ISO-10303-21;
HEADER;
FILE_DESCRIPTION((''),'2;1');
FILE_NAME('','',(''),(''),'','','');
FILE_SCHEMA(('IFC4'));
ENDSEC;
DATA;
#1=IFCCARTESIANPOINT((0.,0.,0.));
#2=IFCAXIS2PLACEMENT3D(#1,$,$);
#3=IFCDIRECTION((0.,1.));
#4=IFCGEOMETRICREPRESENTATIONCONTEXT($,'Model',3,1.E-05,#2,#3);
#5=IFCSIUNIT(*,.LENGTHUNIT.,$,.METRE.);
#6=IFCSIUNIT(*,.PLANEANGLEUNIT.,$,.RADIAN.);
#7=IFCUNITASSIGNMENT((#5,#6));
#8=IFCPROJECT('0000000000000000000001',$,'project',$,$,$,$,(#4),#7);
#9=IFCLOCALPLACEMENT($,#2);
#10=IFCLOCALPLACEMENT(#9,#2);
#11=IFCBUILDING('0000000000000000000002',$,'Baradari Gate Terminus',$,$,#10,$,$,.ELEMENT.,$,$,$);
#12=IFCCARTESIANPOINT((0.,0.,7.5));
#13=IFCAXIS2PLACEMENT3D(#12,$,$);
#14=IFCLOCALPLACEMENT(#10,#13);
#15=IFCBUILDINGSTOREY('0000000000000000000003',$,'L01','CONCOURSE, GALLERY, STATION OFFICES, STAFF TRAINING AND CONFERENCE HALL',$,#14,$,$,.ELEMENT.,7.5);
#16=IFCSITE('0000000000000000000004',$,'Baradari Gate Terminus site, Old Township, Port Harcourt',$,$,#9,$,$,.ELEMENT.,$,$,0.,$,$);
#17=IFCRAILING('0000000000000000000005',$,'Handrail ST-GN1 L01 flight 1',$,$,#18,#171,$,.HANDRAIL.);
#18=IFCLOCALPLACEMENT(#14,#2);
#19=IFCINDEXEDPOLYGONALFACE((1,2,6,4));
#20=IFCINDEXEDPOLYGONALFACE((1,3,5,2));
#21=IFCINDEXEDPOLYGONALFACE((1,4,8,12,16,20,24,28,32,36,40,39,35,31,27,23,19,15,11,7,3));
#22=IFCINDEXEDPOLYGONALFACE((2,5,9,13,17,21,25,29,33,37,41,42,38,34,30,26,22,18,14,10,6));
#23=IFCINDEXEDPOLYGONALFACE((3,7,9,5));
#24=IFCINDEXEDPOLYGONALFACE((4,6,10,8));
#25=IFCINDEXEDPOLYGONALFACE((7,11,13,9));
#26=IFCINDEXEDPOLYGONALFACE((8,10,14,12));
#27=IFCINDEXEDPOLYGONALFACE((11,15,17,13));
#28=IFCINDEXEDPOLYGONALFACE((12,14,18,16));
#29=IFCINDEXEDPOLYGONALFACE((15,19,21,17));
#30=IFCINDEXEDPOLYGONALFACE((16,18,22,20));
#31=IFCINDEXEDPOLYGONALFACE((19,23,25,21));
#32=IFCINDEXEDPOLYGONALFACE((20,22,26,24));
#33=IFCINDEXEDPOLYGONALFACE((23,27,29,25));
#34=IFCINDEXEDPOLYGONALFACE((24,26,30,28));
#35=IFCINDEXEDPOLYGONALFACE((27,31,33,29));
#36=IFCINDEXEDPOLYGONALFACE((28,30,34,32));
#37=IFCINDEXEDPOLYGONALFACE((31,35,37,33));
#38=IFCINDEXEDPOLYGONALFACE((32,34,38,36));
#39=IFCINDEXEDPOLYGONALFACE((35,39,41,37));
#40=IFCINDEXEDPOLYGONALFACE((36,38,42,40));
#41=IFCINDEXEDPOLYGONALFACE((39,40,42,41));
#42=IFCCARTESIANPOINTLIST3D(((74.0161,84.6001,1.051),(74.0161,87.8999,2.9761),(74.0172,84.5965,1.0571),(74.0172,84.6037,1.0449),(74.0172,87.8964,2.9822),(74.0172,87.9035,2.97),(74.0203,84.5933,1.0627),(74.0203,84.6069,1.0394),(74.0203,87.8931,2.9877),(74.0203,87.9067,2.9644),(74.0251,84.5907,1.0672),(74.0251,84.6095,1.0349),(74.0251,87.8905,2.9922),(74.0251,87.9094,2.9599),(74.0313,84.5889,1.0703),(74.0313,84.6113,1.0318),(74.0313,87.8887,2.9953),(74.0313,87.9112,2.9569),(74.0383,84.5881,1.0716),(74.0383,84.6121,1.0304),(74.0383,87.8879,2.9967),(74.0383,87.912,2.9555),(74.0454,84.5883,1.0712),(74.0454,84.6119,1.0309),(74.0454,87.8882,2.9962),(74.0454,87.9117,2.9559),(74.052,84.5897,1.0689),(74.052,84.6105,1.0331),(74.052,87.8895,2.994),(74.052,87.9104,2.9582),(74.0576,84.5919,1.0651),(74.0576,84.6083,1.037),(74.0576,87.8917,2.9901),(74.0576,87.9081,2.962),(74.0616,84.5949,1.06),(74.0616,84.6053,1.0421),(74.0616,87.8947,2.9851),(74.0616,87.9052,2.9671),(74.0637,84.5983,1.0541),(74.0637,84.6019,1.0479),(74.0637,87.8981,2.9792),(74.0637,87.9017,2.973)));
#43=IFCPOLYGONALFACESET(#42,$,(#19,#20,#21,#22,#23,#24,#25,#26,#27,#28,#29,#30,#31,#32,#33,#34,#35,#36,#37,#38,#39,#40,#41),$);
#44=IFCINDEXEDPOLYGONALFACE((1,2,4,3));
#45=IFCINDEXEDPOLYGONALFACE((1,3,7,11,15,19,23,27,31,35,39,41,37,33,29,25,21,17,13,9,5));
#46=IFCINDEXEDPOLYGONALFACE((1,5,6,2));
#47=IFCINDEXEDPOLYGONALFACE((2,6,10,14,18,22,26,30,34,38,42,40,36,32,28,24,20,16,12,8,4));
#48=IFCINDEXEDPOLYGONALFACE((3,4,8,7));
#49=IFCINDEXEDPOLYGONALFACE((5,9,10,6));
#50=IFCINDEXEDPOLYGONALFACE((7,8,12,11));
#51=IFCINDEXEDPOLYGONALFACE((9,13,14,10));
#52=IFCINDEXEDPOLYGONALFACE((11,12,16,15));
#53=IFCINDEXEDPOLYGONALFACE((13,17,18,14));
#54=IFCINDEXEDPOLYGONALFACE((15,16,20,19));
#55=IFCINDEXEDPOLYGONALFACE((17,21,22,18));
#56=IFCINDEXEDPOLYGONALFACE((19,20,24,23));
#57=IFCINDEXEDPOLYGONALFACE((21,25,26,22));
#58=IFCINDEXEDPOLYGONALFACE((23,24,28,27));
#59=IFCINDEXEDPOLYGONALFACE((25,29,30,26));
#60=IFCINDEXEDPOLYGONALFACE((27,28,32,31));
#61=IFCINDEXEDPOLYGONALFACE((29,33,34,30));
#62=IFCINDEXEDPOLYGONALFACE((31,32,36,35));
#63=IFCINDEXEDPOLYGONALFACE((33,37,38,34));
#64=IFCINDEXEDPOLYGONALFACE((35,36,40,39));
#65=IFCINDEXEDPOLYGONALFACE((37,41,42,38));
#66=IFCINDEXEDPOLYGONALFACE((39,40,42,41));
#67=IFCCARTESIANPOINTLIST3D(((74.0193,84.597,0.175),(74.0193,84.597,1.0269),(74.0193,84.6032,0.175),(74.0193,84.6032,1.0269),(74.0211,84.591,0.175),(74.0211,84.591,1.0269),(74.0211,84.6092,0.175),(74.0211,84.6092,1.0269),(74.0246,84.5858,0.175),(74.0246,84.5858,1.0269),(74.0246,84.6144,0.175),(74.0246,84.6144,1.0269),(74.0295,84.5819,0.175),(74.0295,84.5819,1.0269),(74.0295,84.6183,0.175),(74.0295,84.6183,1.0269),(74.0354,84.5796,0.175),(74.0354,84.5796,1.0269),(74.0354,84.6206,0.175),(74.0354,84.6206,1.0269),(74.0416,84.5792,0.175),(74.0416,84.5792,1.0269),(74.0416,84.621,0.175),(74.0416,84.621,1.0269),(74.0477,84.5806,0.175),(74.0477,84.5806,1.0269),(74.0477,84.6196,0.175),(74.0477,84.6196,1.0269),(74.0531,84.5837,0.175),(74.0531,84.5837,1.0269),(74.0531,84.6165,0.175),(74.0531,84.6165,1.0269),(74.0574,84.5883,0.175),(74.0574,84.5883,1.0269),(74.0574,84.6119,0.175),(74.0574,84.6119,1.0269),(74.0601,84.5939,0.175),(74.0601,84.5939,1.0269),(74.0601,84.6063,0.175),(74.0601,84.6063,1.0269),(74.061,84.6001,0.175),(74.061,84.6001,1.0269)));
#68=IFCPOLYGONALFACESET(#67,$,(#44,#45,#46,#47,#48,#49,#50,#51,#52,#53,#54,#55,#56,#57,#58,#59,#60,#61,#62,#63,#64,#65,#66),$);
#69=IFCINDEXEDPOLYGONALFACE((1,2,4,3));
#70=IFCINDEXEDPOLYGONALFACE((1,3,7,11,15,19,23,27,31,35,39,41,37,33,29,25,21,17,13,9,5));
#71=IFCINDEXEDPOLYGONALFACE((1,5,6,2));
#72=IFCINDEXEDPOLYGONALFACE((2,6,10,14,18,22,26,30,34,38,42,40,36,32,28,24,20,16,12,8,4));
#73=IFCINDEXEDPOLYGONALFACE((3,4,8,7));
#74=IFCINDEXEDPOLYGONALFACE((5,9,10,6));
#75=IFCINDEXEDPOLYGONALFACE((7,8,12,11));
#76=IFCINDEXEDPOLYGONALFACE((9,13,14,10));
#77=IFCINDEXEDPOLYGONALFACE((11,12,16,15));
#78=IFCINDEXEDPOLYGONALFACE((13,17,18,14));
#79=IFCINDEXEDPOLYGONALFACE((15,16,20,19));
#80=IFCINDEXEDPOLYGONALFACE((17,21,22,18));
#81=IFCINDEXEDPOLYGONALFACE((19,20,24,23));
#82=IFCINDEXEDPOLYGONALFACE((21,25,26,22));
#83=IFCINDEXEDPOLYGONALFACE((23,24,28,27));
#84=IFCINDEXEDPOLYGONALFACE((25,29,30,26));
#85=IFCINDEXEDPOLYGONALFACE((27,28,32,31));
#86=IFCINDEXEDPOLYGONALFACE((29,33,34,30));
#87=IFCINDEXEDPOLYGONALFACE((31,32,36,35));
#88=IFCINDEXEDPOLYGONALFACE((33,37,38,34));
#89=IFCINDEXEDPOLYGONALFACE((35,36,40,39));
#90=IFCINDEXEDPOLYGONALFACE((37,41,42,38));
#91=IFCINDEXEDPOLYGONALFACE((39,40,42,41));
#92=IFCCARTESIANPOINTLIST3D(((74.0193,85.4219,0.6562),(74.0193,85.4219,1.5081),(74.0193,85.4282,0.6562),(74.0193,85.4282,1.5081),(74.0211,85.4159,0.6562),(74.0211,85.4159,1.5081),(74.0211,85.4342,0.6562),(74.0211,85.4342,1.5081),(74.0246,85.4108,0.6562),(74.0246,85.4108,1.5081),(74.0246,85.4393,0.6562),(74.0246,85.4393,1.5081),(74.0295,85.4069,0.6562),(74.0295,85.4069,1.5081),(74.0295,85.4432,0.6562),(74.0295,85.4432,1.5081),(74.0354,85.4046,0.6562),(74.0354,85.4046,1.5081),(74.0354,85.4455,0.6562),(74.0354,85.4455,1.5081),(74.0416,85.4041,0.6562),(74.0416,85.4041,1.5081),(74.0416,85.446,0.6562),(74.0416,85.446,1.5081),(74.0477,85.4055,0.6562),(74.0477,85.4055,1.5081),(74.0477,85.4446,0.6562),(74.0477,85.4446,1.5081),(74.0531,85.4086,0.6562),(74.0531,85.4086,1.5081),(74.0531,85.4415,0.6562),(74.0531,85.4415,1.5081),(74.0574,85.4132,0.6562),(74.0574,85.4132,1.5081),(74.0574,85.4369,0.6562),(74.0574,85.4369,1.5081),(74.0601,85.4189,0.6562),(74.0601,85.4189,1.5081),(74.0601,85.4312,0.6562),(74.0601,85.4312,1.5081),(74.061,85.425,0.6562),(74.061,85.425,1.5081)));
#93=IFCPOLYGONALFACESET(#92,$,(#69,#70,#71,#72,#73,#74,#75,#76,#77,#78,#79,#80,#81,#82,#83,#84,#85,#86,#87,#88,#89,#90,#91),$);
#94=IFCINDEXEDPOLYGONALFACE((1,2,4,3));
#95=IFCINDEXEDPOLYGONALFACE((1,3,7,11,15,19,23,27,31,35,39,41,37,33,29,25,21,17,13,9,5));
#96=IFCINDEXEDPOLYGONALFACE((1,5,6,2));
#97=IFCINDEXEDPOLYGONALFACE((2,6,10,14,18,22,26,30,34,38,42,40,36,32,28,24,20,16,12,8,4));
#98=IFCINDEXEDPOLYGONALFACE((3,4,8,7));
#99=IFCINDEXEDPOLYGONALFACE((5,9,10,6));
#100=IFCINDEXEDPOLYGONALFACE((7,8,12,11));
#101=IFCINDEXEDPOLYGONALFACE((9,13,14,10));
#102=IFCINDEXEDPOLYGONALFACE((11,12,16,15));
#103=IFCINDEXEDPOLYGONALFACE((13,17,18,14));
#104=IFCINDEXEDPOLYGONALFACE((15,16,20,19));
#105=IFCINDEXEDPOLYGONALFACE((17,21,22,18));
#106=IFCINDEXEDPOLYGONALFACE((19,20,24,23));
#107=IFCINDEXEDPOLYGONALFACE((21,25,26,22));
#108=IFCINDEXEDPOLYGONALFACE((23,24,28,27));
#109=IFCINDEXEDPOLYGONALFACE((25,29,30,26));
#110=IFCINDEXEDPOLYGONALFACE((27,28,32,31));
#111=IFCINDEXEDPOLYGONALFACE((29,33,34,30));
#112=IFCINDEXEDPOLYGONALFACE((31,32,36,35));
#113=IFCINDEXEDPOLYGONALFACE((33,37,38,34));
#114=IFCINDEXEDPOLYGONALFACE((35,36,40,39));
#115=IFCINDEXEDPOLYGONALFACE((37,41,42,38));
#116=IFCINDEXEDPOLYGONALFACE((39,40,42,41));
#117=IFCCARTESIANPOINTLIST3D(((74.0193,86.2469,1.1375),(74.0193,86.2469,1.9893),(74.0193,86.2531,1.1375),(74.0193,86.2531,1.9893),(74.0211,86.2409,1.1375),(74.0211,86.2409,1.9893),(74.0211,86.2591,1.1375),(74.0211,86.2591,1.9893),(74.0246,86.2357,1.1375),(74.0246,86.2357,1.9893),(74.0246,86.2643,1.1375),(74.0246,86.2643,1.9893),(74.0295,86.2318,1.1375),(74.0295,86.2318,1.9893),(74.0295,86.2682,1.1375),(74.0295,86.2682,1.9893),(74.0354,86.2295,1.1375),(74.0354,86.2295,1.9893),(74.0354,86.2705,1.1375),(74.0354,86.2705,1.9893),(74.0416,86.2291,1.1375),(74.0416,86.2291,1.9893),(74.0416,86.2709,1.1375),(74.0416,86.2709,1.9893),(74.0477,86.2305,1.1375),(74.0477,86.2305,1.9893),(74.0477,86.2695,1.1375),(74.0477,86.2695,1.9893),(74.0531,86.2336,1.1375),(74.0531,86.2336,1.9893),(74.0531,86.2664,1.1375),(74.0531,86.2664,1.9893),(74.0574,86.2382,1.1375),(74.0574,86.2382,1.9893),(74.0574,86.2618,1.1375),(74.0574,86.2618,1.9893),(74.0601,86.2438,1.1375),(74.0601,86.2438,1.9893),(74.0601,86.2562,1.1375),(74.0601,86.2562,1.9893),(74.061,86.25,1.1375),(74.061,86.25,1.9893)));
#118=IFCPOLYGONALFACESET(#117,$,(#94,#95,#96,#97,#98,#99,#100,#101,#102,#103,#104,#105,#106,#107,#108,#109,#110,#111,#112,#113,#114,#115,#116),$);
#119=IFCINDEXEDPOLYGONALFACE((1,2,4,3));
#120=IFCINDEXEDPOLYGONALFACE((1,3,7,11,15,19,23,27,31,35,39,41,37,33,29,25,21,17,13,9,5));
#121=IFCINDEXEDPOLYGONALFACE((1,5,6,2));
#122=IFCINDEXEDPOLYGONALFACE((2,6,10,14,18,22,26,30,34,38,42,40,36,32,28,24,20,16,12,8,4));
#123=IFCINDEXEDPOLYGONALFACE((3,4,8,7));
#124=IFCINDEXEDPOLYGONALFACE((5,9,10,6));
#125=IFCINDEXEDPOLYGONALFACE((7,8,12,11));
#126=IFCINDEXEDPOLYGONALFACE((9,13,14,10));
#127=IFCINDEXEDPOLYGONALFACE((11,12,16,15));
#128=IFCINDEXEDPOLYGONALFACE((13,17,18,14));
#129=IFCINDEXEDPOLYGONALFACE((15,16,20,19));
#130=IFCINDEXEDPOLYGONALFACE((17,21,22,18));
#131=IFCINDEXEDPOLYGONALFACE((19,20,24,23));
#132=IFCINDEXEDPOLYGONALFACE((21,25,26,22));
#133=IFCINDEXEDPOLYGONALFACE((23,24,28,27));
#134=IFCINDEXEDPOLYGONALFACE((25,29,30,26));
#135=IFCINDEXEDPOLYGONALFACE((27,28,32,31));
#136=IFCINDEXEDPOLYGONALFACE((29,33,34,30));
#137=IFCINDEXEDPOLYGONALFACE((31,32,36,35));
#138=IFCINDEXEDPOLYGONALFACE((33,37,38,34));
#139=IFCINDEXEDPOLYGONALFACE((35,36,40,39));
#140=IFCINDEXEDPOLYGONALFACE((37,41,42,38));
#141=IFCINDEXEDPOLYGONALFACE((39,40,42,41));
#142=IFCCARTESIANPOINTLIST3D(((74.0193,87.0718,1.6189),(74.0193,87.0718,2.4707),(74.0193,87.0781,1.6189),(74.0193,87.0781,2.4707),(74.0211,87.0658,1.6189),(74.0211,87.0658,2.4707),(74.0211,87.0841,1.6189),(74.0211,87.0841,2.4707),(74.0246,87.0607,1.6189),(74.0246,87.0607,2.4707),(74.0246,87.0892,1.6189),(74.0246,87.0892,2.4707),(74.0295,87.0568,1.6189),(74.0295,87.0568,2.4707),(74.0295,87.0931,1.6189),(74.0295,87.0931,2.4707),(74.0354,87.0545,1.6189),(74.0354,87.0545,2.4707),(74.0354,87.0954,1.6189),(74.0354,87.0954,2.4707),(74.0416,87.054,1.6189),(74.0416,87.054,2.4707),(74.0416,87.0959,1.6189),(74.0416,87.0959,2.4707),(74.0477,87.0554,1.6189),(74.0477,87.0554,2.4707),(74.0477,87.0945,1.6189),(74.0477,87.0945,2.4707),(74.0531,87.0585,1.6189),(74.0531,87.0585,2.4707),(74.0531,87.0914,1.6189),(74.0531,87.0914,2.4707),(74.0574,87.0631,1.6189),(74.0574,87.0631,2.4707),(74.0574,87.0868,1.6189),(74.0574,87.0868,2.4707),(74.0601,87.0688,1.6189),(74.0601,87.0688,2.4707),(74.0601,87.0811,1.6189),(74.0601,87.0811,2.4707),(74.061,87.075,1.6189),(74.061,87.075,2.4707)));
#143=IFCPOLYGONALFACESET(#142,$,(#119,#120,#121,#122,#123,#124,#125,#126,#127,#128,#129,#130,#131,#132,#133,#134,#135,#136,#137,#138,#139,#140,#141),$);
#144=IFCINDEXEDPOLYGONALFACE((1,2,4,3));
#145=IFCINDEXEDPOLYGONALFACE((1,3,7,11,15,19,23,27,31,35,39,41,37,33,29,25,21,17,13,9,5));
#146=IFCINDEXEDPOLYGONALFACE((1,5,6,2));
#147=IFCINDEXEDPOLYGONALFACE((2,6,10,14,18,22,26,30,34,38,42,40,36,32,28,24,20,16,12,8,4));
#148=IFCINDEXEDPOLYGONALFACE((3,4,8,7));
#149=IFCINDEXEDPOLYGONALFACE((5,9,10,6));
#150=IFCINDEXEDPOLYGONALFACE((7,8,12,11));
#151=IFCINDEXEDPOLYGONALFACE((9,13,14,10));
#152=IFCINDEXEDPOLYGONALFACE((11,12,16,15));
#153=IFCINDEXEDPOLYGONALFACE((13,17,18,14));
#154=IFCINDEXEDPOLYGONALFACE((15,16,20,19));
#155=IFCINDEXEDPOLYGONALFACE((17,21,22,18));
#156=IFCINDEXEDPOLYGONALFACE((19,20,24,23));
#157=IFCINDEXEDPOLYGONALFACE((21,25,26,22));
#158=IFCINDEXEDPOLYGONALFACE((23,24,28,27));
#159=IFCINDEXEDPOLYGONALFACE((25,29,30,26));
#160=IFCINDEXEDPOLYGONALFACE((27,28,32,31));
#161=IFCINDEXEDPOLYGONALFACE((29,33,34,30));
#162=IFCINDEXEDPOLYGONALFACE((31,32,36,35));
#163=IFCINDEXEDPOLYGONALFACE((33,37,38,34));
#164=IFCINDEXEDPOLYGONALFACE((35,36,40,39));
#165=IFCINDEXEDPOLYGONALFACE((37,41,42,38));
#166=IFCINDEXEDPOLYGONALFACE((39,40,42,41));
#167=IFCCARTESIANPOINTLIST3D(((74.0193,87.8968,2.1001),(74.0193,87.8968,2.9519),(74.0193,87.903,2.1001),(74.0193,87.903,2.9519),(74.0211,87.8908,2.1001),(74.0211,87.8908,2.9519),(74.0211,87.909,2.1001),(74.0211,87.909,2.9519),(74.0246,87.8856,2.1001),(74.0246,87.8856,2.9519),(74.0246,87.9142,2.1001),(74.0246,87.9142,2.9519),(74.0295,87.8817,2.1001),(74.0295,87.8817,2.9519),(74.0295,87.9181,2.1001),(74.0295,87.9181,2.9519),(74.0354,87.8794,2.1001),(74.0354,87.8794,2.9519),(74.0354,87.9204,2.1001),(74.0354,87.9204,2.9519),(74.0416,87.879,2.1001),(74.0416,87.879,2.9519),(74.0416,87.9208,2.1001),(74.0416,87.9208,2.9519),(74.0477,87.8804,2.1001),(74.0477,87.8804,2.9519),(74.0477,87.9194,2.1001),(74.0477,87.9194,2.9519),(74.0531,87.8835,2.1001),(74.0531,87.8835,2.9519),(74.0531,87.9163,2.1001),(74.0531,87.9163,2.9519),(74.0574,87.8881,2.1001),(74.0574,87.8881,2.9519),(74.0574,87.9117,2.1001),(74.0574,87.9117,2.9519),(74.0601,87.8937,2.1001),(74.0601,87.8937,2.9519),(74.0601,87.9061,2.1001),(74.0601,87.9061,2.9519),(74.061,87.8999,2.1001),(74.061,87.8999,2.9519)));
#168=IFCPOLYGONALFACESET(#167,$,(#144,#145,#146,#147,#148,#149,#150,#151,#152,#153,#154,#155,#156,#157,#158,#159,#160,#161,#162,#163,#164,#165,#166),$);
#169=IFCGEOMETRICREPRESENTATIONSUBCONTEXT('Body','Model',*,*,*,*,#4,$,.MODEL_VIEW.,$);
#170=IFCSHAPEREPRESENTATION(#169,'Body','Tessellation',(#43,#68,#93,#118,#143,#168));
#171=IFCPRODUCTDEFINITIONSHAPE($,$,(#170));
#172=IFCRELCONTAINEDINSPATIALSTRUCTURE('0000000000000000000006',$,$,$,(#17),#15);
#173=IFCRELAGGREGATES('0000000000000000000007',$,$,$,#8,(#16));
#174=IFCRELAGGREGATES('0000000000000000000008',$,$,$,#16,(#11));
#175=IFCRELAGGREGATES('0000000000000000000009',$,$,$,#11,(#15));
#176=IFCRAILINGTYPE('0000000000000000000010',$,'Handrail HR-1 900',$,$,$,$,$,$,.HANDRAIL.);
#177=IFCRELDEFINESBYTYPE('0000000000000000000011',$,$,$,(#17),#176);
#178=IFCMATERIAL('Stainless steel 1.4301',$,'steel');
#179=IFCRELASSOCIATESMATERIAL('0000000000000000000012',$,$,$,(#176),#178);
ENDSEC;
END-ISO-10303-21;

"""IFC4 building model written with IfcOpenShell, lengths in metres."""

from ifc_helpers import new_model, si_unit, direction, frame, origin, origin_2d, place, context, subcontext, project, spatial, circle, extrude, material, type_object, element, save


model = new_model("IFC4")

# Units and contexts
model_context = context("Model", 3, precision=1e-05, world=origin(), true_north=direction((0.0, 1.0)))
body_context = subcontext(model_context, "Body", "Model", "MODEL_VIEW")
ifc_project = project(units=[si_unit("LENGTHUNIT", "METRE"), si_unit("PLANEANGLEUNIT", "RADIAN")], contexts=[model_context])

# Site, building, storey
site_placement = place(None, origin())
site = spatial("IfcSite", under=ifc_project, at=site_placement, Name="Baradari Gate Terminus site, Old Township, Port Harcourt", CompositionType="ELEMENT", RefElevation=0.0)
building_placement = place(site_placement, origin())
building = spatial("IfcBuilding", under=site, at=building_placement, Name="Baradari Gate Terminus", CompositionType="ELEMENT")
storey_placement = place(building_placement, frame((0.0, 0.0, 7.5)))
storey = spatial("IfcBuildingStorey", under=building, at=storey_placement, Name="L01", Description="CONCOURSE, GALLERY, STATION OFFICES, STAFF TRAINING AND CONFERENCE HALL", CompositionType="ELEMENT", Elevation=7.5)

# Railing
ifc_material_1 = material(Name="Stainless steel 1.4301", Category="steel")
railing_type = type_object("IfcRailingType", Name="Handrail HR-1 900", PredefinedType="HANDRAIL", material=ifc_material_1)
for number, where, name in (
    (1, (74.04, 84.6001, 0.175), "Handrail ST-GN1 L01 flight 1"),
):
    element("IfcRailing", number, at=place(storey_placement, frame(where)), inside=storey, type_object=railing_type, Name=name, PredefinedType="HANDRAIL", context=body_context, shape_type="SweptSolid", body=[
        extrude(circle(Radius=0.0239, at=origin_2d()), frame((0.0, 0.0, 0.876), z_axis=(0.0, 0.86376, 0.503903), x_axis=(-1.0, 0.0, 0.0)), (0.0, 0.0, 1.0), 3.8203),
        extrude(circle(Radius=0.021, at=origin_2d()), origin(), (0.0, 0.0, 1.0), 0.8518),
        extrude(circle(Radius=0.021, at=origin_2d()), frame((0.0, 0.825, 0.4812)), (0.0, 0.0, 1.0), 0.8518),
        extrude(circle(Radius=0.021, at=origin_2d()), frame((0.0, 1.6499, 0.9624)), (0.0, 0.0, 1.0), 0.8518),
        extrude(circle(Radius=0.021, at=origin_2d()), frame((0.0, 2.4749, 1.4438)), (0.0, 0.0, 1.0), 0.8518),
        extrude(circle(Radius=0.021, at=origin_2d()), frame((0.0, 3.2998, 1.925)), (0.0, 0.0, 1.0), 0.8518),
    ])

save(model, "model.ifc")
